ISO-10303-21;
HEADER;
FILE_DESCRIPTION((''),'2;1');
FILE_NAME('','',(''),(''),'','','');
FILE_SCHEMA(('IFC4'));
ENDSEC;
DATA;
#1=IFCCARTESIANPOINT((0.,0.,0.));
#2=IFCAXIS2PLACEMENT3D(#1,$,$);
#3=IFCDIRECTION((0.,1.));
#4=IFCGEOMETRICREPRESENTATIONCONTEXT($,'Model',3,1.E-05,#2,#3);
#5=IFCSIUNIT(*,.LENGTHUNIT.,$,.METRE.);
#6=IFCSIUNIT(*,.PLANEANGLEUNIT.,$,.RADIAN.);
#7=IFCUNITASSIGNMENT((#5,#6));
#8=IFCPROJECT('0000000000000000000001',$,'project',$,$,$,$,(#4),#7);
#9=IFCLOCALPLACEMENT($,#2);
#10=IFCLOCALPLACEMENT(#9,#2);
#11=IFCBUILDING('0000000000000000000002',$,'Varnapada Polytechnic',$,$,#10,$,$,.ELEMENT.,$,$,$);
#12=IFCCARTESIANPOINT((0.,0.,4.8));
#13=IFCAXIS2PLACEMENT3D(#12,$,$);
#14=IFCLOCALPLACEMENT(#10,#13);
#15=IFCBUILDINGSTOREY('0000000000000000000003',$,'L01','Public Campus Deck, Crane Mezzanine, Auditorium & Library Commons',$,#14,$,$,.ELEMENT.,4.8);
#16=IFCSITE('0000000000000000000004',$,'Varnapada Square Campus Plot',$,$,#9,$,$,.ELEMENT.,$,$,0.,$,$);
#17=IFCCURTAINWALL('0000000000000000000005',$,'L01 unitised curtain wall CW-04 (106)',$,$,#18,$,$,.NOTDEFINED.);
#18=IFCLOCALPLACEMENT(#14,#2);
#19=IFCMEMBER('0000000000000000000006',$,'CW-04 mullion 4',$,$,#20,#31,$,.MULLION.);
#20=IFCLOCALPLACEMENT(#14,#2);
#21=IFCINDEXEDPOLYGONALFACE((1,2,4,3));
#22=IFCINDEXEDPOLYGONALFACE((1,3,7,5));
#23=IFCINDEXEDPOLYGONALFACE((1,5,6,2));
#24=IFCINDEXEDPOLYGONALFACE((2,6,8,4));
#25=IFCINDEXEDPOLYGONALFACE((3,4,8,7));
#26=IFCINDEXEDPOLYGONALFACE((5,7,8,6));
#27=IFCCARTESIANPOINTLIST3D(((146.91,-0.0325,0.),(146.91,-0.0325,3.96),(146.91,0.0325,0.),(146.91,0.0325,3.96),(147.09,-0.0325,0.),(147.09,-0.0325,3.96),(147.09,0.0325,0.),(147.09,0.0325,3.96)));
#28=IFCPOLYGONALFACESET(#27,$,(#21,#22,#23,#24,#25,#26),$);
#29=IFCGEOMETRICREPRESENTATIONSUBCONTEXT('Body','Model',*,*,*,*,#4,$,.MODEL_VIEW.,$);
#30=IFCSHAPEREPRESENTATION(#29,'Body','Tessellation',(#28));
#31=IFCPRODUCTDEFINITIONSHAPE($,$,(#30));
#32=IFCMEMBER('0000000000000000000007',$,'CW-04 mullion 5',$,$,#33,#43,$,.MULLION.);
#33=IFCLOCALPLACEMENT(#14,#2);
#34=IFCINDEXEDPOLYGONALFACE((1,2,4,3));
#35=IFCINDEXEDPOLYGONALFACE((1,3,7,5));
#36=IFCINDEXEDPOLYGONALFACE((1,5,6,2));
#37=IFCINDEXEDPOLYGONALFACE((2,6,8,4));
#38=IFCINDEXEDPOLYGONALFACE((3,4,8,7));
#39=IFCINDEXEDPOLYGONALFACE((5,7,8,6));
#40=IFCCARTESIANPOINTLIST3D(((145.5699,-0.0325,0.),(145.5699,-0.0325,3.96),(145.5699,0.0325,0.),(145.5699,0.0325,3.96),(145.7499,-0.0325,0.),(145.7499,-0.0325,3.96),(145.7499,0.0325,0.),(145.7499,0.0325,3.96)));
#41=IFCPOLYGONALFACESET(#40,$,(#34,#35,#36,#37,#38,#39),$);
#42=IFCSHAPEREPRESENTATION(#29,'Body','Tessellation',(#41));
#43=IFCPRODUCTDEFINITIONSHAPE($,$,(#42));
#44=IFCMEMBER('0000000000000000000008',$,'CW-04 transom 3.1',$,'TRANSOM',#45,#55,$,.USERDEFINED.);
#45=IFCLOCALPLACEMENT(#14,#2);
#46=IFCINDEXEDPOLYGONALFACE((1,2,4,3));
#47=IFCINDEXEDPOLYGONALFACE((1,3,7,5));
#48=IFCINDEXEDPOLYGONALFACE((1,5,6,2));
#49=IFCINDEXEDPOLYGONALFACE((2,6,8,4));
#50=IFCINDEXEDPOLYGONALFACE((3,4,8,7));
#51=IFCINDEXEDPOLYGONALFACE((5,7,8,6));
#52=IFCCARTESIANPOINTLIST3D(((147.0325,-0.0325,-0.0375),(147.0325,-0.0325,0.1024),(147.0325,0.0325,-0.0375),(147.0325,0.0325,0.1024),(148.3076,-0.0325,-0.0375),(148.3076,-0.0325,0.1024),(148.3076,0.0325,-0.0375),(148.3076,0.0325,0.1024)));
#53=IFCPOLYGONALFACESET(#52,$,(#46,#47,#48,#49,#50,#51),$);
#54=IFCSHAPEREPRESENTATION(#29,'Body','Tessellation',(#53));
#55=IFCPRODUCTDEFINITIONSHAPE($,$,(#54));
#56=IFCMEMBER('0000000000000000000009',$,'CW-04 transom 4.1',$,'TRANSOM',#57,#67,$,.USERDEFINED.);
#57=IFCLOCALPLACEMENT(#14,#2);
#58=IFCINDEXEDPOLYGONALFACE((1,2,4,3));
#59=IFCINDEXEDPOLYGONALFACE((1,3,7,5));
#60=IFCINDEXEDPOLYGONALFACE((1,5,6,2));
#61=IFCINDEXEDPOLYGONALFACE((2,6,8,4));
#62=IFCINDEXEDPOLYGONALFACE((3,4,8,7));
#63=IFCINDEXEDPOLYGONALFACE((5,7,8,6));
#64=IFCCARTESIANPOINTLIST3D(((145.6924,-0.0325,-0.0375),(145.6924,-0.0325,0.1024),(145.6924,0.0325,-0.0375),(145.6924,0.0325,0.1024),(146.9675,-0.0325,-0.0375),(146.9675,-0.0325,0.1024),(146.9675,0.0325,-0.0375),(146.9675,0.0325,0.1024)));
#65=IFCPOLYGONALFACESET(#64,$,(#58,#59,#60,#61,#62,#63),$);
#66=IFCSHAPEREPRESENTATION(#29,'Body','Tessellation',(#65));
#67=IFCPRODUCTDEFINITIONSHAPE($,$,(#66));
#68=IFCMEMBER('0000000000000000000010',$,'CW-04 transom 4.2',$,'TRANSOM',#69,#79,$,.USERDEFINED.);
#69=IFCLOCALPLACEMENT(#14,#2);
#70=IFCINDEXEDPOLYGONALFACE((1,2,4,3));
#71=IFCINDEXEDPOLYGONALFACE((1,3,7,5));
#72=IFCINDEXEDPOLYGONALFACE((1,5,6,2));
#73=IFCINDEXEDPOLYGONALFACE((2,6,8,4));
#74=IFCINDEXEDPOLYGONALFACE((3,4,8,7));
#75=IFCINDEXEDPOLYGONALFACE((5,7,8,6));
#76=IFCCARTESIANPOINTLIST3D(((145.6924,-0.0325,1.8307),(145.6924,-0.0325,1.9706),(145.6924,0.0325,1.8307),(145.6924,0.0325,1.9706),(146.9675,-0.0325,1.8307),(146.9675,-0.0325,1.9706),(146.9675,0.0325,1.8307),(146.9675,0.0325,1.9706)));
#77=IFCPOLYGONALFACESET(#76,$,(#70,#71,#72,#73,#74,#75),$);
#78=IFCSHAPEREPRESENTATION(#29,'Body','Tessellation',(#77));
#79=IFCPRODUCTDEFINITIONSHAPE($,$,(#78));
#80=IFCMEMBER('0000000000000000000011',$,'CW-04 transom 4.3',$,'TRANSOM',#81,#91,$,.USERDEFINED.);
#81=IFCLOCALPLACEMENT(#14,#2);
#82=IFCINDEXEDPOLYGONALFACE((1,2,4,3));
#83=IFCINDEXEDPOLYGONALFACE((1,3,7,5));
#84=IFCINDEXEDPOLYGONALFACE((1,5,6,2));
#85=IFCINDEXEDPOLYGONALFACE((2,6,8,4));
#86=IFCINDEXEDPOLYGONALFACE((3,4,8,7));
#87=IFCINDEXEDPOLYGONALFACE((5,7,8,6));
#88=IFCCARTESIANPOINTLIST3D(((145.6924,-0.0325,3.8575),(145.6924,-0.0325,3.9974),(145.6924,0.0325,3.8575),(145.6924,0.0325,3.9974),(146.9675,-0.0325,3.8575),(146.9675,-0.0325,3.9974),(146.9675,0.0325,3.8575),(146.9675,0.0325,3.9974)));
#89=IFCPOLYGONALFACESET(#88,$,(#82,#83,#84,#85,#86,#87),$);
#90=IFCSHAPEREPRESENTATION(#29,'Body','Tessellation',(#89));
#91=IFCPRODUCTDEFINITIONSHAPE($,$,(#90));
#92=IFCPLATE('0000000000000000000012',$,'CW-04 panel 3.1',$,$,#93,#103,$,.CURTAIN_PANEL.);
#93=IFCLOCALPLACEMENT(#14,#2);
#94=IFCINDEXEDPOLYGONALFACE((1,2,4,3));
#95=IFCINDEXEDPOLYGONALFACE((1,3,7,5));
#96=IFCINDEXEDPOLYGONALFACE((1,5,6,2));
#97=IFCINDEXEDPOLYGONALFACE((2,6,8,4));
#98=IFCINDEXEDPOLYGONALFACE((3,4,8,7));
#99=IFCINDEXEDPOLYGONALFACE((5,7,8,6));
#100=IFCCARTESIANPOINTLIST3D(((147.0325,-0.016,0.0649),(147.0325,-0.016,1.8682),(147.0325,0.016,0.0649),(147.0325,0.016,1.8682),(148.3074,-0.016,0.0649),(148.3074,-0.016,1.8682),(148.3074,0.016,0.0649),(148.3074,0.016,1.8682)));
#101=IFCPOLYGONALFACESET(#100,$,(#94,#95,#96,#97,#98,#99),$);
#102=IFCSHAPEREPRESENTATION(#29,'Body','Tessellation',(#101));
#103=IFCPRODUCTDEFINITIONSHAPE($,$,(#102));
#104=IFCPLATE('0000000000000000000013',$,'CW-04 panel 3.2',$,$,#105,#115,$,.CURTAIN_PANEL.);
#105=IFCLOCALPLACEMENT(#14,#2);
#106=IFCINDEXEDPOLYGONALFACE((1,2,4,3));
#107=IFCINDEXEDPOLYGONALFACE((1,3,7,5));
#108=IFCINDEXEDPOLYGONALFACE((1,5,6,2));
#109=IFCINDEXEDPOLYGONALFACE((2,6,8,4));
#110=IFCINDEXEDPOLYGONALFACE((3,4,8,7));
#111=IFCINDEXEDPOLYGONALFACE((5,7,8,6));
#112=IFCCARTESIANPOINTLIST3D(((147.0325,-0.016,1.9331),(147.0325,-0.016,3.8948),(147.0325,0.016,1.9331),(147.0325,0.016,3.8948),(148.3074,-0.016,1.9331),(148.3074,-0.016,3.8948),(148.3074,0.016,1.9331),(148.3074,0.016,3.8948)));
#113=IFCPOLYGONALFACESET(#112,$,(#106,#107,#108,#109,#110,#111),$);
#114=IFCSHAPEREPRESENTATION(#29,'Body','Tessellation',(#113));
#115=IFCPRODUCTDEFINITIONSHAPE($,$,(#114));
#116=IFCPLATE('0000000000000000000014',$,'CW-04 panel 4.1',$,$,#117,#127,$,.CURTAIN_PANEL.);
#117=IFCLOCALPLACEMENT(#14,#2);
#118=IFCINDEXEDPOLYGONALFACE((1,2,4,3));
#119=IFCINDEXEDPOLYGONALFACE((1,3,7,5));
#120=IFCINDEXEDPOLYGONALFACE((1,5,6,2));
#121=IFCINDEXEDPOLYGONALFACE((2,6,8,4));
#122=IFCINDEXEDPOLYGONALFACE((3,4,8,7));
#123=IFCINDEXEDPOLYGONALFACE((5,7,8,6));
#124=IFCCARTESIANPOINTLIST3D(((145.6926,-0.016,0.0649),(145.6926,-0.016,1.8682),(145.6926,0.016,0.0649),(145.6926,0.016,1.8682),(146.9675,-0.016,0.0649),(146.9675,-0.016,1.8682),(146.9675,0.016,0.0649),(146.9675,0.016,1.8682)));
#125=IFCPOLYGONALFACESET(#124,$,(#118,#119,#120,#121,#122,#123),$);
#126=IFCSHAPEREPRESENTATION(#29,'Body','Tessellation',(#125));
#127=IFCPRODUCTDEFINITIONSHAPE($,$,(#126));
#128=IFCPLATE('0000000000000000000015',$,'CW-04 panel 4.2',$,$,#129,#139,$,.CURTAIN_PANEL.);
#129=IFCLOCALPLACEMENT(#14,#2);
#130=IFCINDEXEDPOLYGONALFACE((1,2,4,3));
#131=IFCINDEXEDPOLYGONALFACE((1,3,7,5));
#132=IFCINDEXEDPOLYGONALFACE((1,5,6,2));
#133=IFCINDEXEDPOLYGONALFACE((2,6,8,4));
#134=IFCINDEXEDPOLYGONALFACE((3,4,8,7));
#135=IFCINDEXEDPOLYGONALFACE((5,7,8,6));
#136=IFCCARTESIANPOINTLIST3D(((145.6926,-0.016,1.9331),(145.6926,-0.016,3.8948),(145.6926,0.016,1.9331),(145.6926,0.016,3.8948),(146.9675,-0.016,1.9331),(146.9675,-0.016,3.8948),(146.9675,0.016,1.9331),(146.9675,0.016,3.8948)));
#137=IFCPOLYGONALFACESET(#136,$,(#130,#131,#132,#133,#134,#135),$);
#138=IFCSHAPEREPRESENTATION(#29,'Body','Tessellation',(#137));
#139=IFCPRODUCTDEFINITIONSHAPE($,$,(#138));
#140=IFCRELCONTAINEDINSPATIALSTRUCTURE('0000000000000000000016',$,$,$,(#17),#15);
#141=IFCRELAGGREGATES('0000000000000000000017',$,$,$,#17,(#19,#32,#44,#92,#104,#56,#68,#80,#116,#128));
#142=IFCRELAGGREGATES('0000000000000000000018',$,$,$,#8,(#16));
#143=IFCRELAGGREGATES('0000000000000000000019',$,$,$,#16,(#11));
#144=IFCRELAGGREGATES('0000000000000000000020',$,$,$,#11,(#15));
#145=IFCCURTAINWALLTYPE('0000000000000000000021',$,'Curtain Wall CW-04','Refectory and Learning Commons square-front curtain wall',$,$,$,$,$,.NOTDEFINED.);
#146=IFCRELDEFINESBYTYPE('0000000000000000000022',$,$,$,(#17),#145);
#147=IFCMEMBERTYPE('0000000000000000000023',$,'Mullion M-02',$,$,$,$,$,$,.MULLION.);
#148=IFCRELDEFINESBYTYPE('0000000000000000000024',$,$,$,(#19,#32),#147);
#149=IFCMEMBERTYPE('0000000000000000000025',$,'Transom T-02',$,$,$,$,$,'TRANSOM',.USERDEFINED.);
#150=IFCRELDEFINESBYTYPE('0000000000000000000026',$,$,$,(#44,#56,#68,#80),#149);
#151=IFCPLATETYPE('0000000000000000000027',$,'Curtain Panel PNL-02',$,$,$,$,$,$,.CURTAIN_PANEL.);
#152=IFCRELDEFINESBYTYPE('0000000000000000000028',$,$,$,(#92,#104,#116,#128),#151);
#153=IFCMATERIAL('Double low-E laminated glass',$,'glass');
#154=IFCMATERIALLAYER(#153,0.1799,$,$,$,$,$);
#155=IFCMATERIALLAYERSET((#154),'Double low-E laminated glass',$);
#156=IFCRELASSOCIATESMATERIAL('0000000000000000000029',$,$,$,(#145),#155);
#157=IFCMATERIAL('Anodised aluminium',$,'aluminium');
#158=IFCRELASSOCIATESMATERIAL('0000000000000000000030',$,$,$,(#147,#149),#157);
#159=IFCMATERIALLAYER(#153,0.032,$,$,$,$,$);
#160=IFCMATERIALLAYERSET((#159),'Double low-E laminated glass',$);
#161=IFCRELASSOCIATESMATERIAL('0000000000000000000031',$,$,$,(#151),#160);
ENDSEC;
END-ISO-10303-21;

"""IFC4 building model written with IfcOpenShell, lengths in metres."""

from ifc_helpers import new_model, si_unit, direction, frame, origin, origin_2d, place, context, subcontext, project, spatial, rectangle, extrude, material, layer, layer_set, material_profile, profile_set, type_object, element, aggregate, save


model = new_model("IFC4")

# Units and contexts
model_context = context("Model", 3, precision=1e-05, world=origin(), true_north=direction((0.0, 1.0)))
body_context = subcontext(model_context, "Body", "Model", "MODEL_VIEW")
ifc_project = project(units=[si_unit("LENGTHUNIT", "METRE"), si_unit("PLANEANGLEUNIT", "RADIAN")], contexts=[model_context])

# Site, building, storey
site_placement = place(None, origin())
site = spatial("IfcSite", under=ifc_project, at=site_placement, Name="Varnapada Square Campus Plot", CompositionType="ELEMENT", RefElevation=0.0)
building_placement = place(site_placement, origin())
building = spatial("IfcBuilding", under=site, at=building_placement, Name="Varnapada Polytechnic", CompositionType="ELEMENT")
storey_placement = place(building_placement, frame((0.0, 0.0, 4.8)))
storey = spatial("IfcBuildingStorey", under=building, at=storey_placement, Name="L01", Description="Public Campus Deck, Crane Mezzanine, Auditorium & Library Commons", CompositionType="ELEMENT", Elevation=4.8)

# Curtain wall, members, plates
ifc_material_1 = material(Name="Double low-E laminated glass", Category="glass")
ifc_layer_1 = layer(ifc_material_1, 0.1799)
ifc_layer_set_1 = layer_set([ifc_layer_1], Name="Double low-E laminated glass")
curtain_wall_type = type_object("IfcCurtainWallType", Name="Curtain Wall CW-04", Description="Refectory and Learning Commons square-front curtain wall", PredefinedType="NOTDEFINED", material=ifc_layer_set_1)
curtain_wall_placement = place(storey_placement, origin())
curtain_wall = element("IfcCurtainWall", 1, at=curtain_wall_placement, inside=storey, type_object=curtain_wall_type, Name="L01 unitised curtain wall CW-04 (106)", PredefinedType="NOTDEFINED")
ifc_material_2 = material(Name="Anodised aluminium", Category="aluminium")
ifc_material_profile_1 = material_profile(ifc_material_2, rectangle(XDim=0.0649, YDim=0.1799, at=origin_2d()), Name="ALU M65x180")
ifc_profile_set_1 = profile_set([ifc_material_profile_1], Name="Anodised aluminium")
member_type_1 = type_object("IfcMemberType", Name="Mullion M-02", PredefinedType="MULLION", material=ifc_profile_set_1)
member_1_placement = place(storey_placement, frame((147.0, 0.0, 0.0), z_axis=(0.0, 0.0, 1.0), x_axis=(0.0, -1.0, 0.0)))
member_1 = element("IfcMember", 2, at=member_1_placement, type_object=member_type_1, Name="CW-04 mullion 4", PredefinedType="MULLION", context=body_context, shape_type="SweptSolid", body=[
    extrude(rectangle(XDim=0.0649, YDim=0.1799, at=origin_2d()), origin(), (0.0, 0.0, 1.0), 3.96),
])
member_2_placement = place(storey_placement, frame((145.6599, 0.0, 0.0), z_axis=(0.0, 0.0, 1.0), x_axis=(0.0, -1.0, 0.0)))
member_2 = element("IfcMember", 3, at=member_2_placement, type_object=member_type_1, Name="CW-04 mullion 5", PredefinedType="MULLION", context=body_context, shape_type="SweptSolid", body=[
    extrude(rectangle(XDim=0.0649, YDim=0.1799, at=origin_2d()), origin(), (0.0, 0.0, 1.0), 3.96),
])
ifc_material_profile_2 = material_profile(ifc_material_2, rectangle(XDim=0.0649, YDim=0.1399, at=origin_2d()), Name="ALU T65x140")
ifc_profile_set_2 = profile_set([ifc_material_profile_2], Name="Anodised aluminium")
member_type_2 = type_object("IfcMemberType", Name="Transom T-02", ElementType="TRANSOM", PredefinedType="USERDEFINED", material=ifc_profile_set_2)
member_3_placement = place(storey_placement, frame((148.3076, 0.0, 0.0325), z_axis=(-1.0, 0.0, 0.0), x_axis=(0.0, -1.0, 0.0)))
member_3 = element("IfcMember", 4, at=member_3_placement, type_object=member_type_2, Name="CW-04 transom 3.1", ObjectType="TRANSOM", PredefinedType="USERDEFINED", context=body_context, shape_type="SweptSolid", body=[
    extrude(rectangle(XDim=0.0649, YDim=0.1399, at=origin_2d()), origin(), (0.0, 0.0, 1.0), 1.2751),
])
member_4_placement = place(storey_placement, frame((146.9675, 0.0, 0.0325), z_axis=(-1.0, 0.0, 0.0), x_axis=(0.0, -1.0, 0.0)))
member_4 = element("IfcMember", 5, at=member_4_placement, type_object=member_type_2, Name="CW-04 transom 4.1", ObjectType="TRANSOM", PredefinedType="USERDEFINED", context=body_context, shape_type="SweptSolid", body=[
    extrude(rectangle(XDim=0.0649, YDim=0.1399, at=origin_2d()), origin(), (0.0, 0.0, 1.0), 1.2751),
])
member_5_placement = place(storey_placement, frame((146.9675, 0.0, 1.9006), z_axis=(-1.0, 0.0, 0.0), x_axis=(0.0, -1.0, 0.0)))
member_5 = element("IfcMember", 6, at=member_5_placement, type_object=member_type_2, Name="CW-04 transom 4.2", ObjectType="TRANSOM", PredefinedType="USERDEFINED", context=body_context, shape_type="SweptSolid", body=[
    extrude(rectangle(XDim=0.0649, YDim=0.1399, at=origin_2d()), origin(), (0.0, 0.0, 1.0), 1.2751),
])
member_6_placement = place(storey_placement, frame((146.9675, 0.0, 3.9275), z_axis=(-1.0, 0.0, 0.0), x_axis=(0.0, -1.0, 0.0)))
member_6 = element("IfcMember", 7, at=member_6_placement, type_object=member_type_2, Name="CW-04 transom 4.3", ObjectType="TRANSOM", PredefinedType="USERDEFINED", context=body_context, shape_type="SweptSolid", body=[
    extrude(rectangle(XDim=0.0649, YDim=0.1399, at=origin_2d()), origin(), (0.0, 0.0, 1.0), 1.2751),
])
ifc_layer_2 = layer(ifc_material_1, 0.032)
ifc_layer_set_2 = layer_set([ifc_layer_2], Name="Double low-E laminated glass")
plate_type = type_object("IfcPlateType", Name="Curtain Panel PNL-02", PredefinedType="CURTAIN_PANEL", material=ifc_layer_set_2)
plate_1_placement = place(storey_placement, frame((147.6699, 0.0, 0.0649), z_axis=(0.0, 0.0, 1.0), x_axis=(-1.0, 0.0, 0.0)))
plate_1 = element("IfcPlate", 8, at=plate_1_placement, type_object=plate_type, Name="CW-04 panel 3.1", PredefinedType="CURTAIN_PANEL", context=body_context, shape_type="SweptSolid", body=[
    extrude(rectangle(XDim=1.2749, YDim=0.032, at=origin_2d()), origin(), (0.0, 0.0, 1.0), 1.8032),
])
plate_2_placement = place(storey_placement, frame((147.6699, 0.0, 1.9331), z_axis=(0.0, 0.0, 1.0), x_axis=(-1.0, 0.0, 0.0)))
plate_2 = element("IfcPlate", 9, at=plate_2_placement, type_object=plate_type, Name="CW-04 panel 3.2", PredefinedType="CURTAIN_PANEL", context=body_context, shape_type="SweptSolid", body=[
    extrude(rectangle(XDim=1.2749, YDim=0.032, at=origin_2d()), origin(), (0.0, 0.0, 1.0), 1.9617),
])
plate_3_placement = place(storey_placement, frame((146.3301, 0.0, 0.0649), z_axis=(0.0, 0.0, 1.0), x_axis=(-1.0, 0.0, 0.0)))
plate_3 = element("IfcPlate", 10, at=plate_3_placement, type_object=plate_type, Name="CW-04 panel 4.1", PredefinedType="CURTAIN_PANEL", context=body_context, shape_type="SweptSolid", body=[
    extrude(rectangle(XDim=1.2749, YDim=0.032, at=origin_2d()), origin(), (0.0, 0.0, 1.0), 1.8032),
])
plate_4_placement = place(storey_placement, frame((146.3301, 0.0, 1.9331), z_axis=(0.0, 0.0, 1.0), x_axis=(-1.0, 0.0, 0.0)))
plate_4 = element("IfcPlate", 11, at=plate_4_placement, type_object=plate_type, Name="CW-04 panel 4.2", PredefinedType="CURTAIN_PANEL", context=body_context, shape_type="SweptSolid", body=[
    extrude(rectangle(XDim=1.2749, YDim=0.032, at=origin_2d()), origin(), (0.0, 0.0, 1.0), 1.9617),
])
aggregate(curtain_wall, [member_1, member_2, member_3, plate_1, plate_2, member_4, member_5, member_6, plate_3, plate_4])

save(model, "model.ifc")
